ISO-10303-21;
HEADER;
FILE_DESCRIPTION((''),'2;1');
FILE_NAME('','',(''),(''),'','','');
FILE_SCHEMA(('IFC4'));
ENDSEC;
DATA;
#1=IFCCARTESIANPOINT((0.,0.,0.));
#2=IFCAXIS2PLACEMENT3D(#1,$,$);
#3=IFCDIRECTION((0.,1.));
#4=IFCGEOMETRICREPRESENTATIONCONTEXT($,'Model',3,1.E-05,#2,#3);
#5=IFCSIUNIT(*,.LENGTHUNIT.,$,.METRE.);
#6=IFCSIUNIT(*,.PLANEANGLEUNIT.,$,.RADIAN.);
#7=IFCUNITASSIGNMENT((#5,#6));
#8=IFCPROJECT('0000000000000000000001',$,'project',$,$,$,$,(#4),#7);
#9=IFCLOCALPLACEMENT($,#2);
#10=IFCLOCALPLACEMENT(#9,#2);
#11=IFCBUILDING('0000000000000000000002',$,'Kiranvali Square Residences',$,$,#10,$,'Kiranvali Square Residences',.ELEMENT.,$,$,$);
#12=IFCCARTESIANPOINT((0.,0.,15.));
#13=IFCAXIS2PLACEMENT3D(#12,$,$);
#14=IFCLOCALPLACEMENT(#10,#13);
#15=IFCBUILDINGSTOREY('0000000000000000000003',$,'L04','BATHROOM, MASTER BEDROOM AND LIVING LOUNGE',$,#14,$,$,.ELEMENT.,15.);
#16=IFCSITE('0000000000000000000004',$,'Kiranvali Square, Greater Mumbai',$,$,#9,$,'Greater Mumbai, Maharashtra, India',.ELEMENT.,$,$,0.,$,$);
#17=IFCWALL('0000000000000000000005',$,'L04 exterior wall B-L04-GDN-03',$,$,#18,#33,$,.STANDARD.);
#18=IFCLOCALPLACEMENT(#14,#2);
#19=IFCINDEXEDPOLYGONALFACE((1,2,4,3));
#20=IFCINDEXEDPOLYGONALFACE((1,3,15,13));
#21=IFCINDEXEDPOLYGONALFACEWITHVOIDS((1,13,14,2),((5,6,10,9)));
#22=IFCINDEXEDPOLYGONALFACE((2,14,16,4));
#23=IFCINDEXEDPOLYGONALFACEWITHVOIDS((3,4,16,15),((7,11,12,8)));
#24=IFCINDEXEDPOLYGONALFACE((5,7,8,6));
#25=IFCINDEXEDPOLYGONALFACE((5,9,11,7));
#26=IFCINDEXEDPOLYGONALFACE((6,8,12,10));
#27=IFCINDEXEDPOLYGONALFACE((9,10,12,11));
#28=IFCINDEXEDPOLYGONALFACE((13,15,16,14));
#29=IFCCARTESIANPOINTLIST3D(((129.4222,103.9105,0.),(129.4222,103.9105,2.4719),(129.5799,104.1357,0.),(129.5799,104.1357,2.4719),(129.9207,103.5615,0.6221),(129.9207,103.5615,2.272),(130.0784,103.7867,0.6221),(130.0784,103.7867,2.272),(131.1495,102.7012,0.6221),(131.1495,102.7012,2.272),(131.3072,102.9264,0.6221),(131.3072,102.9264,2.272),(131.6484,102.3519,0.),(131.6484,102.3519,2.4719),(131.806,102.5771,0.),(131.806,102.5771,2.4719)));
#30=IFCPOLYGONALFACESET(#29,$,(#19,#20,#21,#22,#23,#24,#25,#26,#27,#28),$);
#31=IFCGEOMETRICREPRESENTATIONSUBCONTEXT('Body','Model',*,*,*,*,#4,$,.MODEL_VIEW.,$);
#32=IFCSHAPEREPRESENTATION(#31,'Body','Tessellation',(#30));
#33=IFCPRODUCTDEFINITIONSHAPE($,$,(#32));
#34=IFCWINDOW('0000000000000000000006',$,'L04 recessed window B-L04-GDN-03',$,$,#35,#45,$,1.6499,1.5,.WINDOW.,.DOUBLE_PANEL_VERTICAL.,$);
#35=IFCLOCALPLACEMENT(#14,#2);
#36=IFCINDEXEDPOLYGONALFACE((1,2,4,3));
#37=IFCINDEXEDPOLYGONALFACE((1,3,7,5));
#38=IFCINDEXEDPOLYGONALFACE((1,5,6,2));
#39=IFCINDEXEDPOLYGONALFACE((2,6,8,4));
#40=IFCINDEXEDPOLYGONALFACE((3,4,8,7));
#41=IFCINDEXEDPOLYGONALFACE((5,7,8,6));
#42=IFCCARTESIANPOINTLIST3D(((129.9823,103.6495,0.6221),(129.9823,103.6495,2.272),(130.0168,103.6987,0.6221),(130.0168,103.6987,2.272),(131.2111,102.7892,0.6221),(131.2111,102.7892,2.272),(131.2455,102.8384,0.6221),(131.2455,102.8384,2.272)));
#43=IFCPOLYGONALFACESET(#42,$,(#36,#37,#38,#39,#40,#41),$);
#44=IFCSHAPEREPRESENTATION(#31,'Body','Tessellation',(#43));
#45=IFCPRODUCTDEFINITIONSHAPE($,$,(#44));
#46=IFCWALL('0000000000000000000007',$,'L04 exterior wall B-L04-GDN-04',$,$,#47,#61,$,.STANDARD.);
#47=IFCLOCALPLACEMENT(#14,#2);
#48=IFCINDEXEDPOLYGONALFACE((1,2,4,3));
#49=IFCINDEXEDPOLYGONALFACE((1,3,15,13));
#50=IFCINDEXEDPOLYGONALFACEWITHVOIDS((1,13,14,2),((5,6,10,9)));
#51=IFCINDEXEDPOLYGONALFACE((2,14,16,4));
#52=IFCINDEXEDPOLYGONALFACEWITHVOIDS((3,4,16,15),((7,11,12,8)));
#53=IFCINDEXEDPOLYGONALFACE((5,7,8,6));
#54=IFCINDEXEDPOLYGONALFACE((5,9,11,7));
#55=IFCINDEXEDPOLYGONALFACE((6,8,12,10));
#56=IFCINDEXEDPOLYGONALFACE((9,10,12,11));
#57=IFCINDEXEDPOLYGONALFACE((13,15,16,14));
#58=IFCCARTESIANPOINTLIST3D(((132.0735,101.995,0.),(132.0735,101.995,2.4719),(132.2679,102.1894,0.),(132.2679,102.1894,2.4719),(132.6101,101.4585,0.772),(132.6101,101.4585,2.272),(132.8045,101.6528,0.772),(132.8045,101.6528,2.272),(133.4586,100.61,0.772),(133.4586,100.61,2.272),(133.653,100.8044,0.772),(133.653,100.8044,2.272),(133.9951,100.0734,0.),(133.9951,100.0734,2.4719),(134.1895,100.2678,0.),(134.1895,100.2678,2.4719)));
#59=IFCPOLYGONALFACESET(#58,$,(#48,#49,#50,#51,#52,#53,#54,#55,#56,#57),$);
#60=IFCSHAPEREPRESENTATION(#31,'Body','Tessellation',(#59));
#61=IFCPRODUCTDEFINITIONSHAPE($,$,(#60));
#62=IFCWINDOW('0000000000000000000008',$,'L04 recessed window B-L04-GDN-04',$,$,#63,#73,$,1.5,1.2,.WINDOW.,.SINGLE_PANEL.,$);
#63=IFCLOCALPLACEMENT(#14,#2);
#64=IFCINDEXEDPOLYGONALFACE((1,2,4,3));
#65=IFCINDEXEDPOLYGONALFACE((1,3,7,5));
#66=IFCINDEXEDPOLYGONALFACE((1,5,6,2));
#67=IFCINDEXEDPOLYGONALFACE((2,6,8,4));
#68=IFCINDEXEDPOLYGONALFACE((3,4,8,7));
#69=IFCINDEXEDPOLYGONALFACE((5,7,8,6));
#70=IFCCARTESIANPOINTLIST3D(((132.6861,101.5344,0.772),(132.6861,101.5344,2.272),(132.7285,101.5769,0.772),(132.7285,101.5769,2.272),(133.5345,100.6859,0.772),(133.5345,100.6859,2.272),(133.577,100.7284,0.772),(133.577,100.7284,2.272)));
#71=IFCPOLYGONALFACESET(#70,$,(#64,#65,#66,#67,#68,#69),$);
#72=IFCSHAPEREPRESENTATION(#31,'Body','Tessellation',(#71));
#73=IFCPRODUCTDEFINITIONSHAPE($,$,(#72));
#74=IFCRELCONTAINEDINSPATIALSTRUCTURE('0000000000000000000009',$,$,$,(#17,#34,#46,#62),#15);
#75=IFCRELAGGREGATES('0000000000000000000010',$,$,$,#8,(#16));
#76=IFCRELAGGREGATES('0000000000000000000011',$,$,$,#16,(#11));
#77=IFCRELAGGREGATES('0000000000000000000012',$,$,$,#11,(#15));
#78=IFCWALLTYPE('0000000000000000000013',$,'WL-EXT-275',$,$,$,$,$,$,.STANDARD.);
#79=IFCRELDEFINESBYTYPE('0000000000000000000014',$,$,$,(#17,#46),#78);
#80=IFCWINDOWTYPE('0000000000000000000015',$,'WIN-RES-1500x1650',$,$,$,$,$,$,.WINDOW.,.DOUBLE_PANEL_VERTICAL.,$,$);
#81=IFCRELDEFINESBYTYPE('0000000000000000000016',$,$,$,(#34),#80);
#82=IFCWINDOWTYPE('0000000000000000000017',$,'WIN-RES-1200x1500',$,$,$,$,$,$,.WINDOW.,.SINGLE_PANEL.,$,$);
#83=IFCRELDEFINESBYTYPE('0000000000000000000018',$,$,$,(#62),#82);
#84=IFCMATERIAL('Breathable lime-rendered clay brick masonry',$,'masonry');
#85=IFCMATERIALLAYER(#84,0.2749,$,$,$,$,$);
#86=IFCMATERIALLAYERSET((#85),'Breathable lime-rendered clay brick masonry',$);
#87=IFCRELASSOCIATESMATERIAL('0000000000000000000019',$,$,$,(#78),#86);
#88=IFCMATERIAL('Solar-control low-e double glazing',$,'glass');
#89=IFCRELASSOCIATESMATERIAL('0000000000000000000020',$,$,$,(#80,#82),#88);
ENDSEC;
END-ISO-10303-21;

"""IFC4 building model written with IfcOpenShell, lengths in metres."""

from ifc_helpers import new_model, si_unit, direction, frame, frame_2d, origin, place, context, subcontext, project, spatial, rectangle, extrude, material, layer, layer_set, type_object, element, fill, save


model = new_model("IFC4")

# Units and contexts
model_context = context("Model", 3, precision=1e-05, world=origin(), true_north=direction((0.0, 1.0)))
body_context = subcontext(model_context, "Body", "Model", "MODEL_VIEW")
ifc_project = project(units=[si_unit("LENGTHUNIT", "METRE"), si_unit("PLANEANGLEUNIT", "RADIAN")], contexts=[model_context])

# Site, building, storey
site_placement = place(None, origin())
site = spatial("IfcSite", under=ifc_project, at=site_placement, Name="Kiranvali Square, Greater Mumbai", LongName="Greater Mumbai, Maharashtra, India", CompositionType="ELEMENT", RefElevation=0.0)
building_placement = place(site_placement, origin())
building = spatial("IfcBuilding", under=site, at=building_placement, Name="Kiranvali Square Residences", LongName="Kiranvali Square Residences", CompositionType="ELEMENT")
storey_placement = place(building_placement, frame((0.0, 0.0, 15.0)))
storey = spatial("IfcBuildingStorey", under=building, at=storey_placement, Name="L04", Description="BATHROOM, MASTER BEDROOM AND LIVING LOUNGE", CompositionType="ELEMENT", Elevation=15.0)

# Shared definitions
ifc_material_1 = material(Name="Breathable lime-rendered clay brick masonry", Category="masonry")
ifc_layer_1 = layer(ifc_material_1, 0.2749)
ifc_layer_set_1 = layer_set([ifc_layer_1], Name="Breathable lime-rendered clay brick masonry")
wall_type_1 = type_object("IfcWallType", Name="WL-EXT-275", PredefinedType="STANDARD", material=ifc_layer_set_1)

# Walls, openings, windows
wall_1_placement = place(storey_placement, frame((129.501, 104.0232, 0.0), z_axis=(0.0, 0.0, 1.0), x_axis=(0.819173, -0.573547, 0.0)))
wall_1 = element("IfcWall", 1, at=wall_1_placement, inside=storey, type_object=wall_type_1, Name="L04 exterior wall B-L04-GDN-03", PredefinedType="STANDARD", context=body_context, shape_type="SweptSolid", body=[
    extrude(rectangle(XDim=2.7175, YDim=0.2749, at=frame_2d((1.3589, 0.0))), origin(), (0.0, 0.0, 1.0), 2.4719),
])
opening_1_placement = place(wall_1_placement, frame((0.6086, 0.0, 0.6221)))
opening_1 = element("IfcOpeningElement", 2, at=opening_1_placement, cuts=wall_1, PredefinedType="OPENING", context=body_context, shape_type="SweptSolid", body=[
    extrude(rectangle(XDim=1.5, YDim=1.6499, at=frame_2d((0.75, 0.825))), frame((0.0, 0.1475, 0.0), z_axis=(0.0, -1.0, 0.0), x_axis=(1.0, 0.0, 0.0)), (0.0, 0.0, 1.0), 0.2949),
])
ifc_material_2 = material(Name="Solar-control low-e double glazing", Category="glass")
window_type_1 = type_object("IfcWindowType", Name="WIN-RES-1500x1650", PartitioningType="DOUBLE_PANEL_VERTICAL", PredefinedType="WINDOW", material=ifc_material_2)
window_1_placement = place(opening_1_placement, origin())
window_1 = element("IfcWindow", 3, at=window_1_placement, inside=storey, type_object=window_type_1, Name="L04 recessed window B-L04-GDN-03", OverallHeight=1.6499, OverallWidth=1.5, PartitioningType="DOUBLE_PANEL_VERTICAL", PredefinedType="WINDOW", context=body_context, shape_type="SweptSolid", body=[
    extrude(rectangle(XDim=1.5, YDim=1.6499, at=frame_2d((0.75, 0.825))), frame((0.0, 0.03, 0.0), z_axis=(0.0, -1.0, 0.0), x_axis=(1.0, 0.0, 0.0)), (0.0, 0.0, 1.0), 0.0601),
])
fill(opening_1, window_1)
wall_2_placement = place(storey_placement, frame((132.1707, 102.0923, 0.0), z_axis=(0.0, 0.0, 1.0), x_axis=(0.707107, -0.707107, 0.0)))
wall_2 = element("IfcWall", 4, at=wall_2_placement, inside=storey, type_object=wall_type_1, Name="L04 exterior wall B-L04-GDN-04", PredefinedType="STANDARD", context=body_context, shape_type="SweptSolid", body=[
    extrude(rectangle(XDim=2.7175, YDim=0.2749, at=frame_2d((1.3589, 0.0))), origin(), (0.0, 0.0, 1.0), 2.4719),
])
opening_2_placement = place(wall_2_placement, frame((0.7588, 0.0, 0.772)))
opening_2 = element("IfcOpeningElement", 5, at=opening_2_placement, cuts=wall_2, PredefinedType="OPENING", context=body_context, shape_type="SweptSolid", body=[
    extrude(rectangle(XDim=1.2, YDim=1.5, at=frame_2d((0.6001, 0.75))), frame((0.0, 0.1475, 0.0), z_axis=(0.0, -1.0, 0.0), x_axis=(1.0, 0.0, 0.0)), (0.0, 0.0, 1.0), 0.2949),
])
window_type_2 = type_object("IfcWindowType", Name="WIN-RES-1200x1500", PartitioningType="SINGLE_PANEL", PredefinedType="WINDOW", material=ifc_material_2)
window_2_placement = place(opening_2_placement, origin())
window_2 = element("IfcWindow", 6, at=window_2_placement, inside=storey, type_object=window_type_2, Name="L04 recessed window B-L04-GDN-04", OverallHeight=1.5, OverallWidth=1.2, PartitioningType="SINGLE_PANEL", PredefinedType="WINDOW", context=body_context, shape_type="SweptSolid", body=[
    extrude(rectangle(XDim=1.2, YDim=1.5, at=frame_2d((0.6001, 0.75))), frame((0.0, 0.03, 0.0), z_axis=(0.0, -1.0, 0.0), x_axis=(1.0, 0.0, 0.0)), (0.0, 0.0, 1.0), 0.0601),
])
fill(opening_2, window_2)

save(model, "model.ifc")
